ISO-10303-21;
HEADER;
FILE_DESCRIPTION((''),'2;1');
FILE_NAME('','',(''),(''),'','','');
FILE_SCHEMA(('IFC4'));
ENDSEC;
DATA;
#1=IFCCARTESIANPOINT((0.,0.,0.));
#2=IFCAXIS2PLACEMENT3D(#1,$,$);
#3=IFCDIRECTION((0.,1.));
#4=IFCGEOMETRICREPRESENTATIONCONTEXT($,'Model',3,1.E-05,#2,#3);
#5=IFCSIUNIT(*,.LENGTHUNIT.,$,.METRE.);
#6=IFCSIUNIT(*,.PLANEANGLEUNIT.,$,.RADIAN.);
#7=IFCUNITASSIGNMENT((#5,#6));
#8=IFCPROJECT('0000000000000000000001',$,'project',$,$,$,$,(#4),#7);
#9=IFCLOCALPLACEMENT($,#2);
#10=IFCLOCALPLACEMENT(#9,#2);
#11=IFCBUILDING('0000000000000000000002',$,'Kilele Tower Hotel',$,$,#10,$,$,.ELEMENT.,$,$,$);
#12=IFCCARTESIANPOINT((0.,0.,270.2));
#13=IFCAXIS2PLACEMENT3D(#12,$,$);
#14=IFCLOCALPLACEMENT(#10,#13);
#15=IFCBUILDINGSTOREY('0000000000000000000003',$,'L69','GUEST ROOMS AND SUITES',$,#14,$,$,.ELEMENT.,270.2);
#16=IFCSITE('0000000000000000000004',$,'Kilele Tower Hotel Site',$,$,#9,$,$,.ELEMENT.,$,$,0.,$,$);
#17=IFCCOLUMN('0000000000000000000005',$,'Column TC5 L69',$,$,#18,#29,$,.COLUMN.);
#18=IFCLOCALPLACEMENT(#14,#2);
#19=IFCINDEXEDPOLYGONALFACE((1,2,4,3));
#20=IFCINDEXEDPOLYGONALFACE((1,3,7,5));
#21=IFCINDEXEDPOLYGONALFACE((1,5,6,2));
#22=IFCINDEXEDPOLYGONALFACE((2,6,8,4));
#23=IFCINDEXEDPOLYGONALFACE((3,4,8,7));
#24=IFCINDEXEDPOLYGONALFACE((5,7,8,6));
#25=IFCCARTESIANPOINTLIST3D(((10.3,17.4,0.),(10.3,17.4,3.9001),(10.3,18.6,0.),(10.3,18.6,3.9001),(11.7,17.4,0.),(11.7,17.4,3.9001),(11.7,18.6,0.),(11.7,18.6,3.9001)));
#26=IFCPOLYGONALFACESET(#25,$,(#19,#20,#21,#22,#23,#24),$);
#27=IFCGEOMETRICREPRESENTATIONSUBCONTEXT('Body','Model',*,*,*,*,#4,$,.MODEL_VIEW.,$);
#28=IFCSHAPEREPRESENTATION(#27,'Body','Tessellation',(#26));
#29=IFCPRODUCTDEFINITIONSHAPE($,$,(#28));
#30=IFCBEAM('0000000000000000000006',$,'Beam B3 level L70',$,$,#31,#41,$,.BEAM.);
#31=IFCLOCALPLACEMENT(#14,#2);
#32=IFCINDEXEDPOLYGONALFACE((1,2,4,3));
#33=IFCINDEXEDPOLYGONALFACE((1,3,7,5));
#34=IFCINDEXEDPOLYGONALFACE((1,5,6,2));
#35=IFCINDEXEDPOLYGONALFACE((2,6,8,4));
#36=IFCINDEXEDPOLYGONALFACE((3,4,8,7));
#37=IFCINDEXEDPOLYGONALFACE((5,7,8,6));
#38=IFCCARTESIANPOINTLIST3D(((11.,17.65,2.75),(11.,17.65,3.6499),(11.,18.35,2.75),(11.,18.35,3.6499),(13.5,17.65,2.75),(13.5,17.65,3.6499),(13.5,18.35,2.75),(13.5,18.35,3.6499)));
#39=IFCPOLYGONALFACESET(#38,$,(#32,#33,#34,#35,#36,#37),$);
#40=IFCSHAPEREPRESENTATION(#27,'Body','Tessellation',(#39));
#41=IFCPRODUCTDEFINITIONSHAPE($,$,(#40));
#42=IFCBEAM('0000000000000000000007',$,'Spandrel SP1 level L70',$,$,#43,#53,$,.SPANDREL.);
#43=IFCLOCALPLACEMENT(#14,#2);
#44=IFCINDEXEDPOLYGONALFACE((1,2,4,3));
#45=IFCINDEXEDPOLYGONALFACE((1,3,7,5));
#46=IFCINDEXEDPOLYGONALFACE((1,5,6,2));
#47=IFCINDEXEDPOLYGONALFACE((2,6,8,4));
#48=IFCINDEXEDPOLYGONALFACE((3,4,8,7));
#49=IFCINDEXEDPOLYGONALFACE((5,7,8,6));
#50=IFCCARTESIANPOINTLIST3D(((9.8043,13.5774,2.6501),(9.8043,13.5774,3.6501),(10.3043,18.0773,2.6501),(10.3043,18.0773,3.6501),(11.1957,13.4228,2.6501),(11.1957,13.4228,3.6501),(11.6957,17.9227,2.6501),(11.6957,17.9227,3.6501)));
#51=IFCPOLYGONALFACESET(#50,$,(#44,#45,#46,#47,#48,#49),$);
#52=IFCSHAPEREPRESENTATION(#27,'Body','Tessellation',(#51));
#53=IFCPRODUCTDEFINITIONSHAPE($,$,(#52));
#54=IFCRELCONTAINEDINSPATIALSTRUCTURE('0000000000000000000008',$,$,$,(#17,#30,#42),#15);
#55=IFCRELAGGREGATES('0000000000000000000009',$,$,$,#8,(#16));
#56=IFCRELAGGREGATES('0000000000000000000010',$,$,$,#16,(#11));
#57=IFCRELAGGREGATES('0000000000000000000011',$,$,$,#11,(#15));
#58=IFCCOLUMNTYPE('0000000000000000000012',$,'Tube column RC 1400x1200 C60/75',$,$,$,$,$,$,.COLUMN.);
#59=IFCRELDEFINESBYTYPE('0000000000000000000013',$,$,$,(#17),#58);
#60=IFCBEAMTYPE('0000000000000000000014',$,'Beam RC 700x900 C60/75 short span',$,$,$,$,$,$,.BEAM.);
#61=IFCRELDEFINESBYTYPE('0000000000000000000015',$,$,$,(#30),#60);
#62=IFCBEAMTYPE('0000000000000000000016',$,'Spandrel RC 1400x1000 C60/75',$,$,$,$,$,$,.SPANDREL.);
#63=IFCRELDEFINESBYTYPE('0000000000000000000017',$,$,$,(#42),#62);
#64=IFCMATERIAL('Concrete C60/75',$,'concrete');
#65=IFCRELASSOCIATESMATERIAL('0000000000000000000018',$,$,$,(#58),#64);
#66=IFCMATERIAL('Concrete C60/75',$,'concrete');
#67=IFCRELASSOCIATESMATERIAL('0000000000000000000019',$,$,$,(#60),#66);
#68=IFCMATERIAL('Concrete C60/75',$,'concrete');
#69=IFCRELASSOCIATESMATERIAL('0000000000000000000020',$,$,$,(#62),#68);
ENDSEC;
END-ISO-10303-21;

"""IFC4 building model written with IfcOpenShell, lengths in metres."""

from ifc_helpers import new_model, si_unit, direction, frame, origin, origin_2d, place, context, subcontext, project, spatial, rectangle, extrude, material, material_profile, profile_set, type_object, element, save


model = new_model("IFC4")

# Units and contexts
model_context = context("Model", 3, precision=1e-05, world=origin(), true_north=direction((0.0, 1.0)))
body_context = subcontext(model_context, "Body", "Model", "MODEL_VIEW")
ifc_project = project(units=[si_unit("LENGTHUNIT", "METRE"), si_unit("PLANEANGLEUNIT", "RADIAN")], contexts=[model_context])

# Site, building, storey
site_placement = place(None, origin())
site = spatial("IfcSite", under=ifc_project, at=site_placement, Name="Kilele Tower Hotel Site", CompositionType="ELEMENT", RefElevation=0.0)
building_placement = place(site_placement, origin())
building = spatial("IfcBuilding", under=site, at=building_placement, Name="Kilele Tower Hotel", CompositionType="ELEMENT")
storey_placement = place(building_placement, frame((0.0, 0.0, 270.2)))
storey = spatial("IfcBuildingStorey", under=building, at=storey_placement, Name="L69", Description="GUEST ROOMS AND SUITES", CompositionType="ELEMENT", Elevation=270.2)

# Column
ifc_material_1 = material(Name="Concrete C60/75", Category="concrete")
ifc_material_profile_1 = material_profile(ifc_material_1, rectangle(XDim=1.3999, YDim=1.2, at=origin_2d()))
ifc_profile_set_1 = profile_set([ifc_material_profile_1], Name="Concrete C60/75")
column_type = type_object("IfcColumnType", Name="Tube column RC 1400x1200 C60/75", PredefinedType="COLUMN", material=ifc_profile_set_1)
column_placement = place(storey_placement, frame((11.0, 18.0, 0.0), z_axis=(0.0, 0.0, 1.0), x_axis=(1.0, 0.0, 0.0)))
element("IfcColumn", 1, at=column_placement, inside=storey, type_object=column_type, Name="Column TC5 L69", PredefinedType="COLUMN", context=body_context, shape_type="SweptSolid", body=[
    extrude(rectangle(XDim=1.3999, YDim=1.2, at=origin_2d()), origin(), (0.0, 0.0, 1.0), 3.9001),
])

# Beams
ifc_material_2 = material(Name="Concrete C60/75", Category="concrete")
ifc_material_profile_2 = material_profile(ifc_material_2, rectangle(XDim=0.7, YDim=0.8999, at=origin_2d()))
ifc_profile_set_2 = profile_set([ifc_material_profile_2], Name="Concrete C60/75")
beam_type_1 = type_object("IfcBeamType", Name="Beam RC 700x900 C60/75 short span", PredefinedType="BEAM", material=ifc_profile_set_2)
beam_1_placement = place(storey_placement, frame((11.0, 18.0, 3.2), z_axis=(1.0, 0.0, 0.0), x_axis=(0.0, 1.0, 0.0)))
element("IfcBeam", 2, at=beam_1_placement, inside=storey, type_object=beam_type_1, Name="Beam B3 level L70", PredefinedType="BEAM", context=body_context, shape_type="SweptSolid", body=[
    extrude(rectangle(XDim=0.7, YDim=0.8999, at=origin_2d()), origin(), (0.0, 0.0, 1.0), 2.5),
])
ifc_material_3 = material(Name="Concrete C60/75", Category="concrete")
ifc_material_profile_3 = material_profile(ifc_material_3, rectangle(XDim=1.3999, YDim=1.0, at=origin_2d()))
ifc_profile_set_3 = profile_set([ifc_material_profile_3], Name="Concrete C60/75")
beam_type_2 = type_object("IfcBeamType", Name="Spandrel RC 1400x1000 C60/75", PredefinedType="SPANDREL", material=ifc_profile_set_3)
beam_2_placement = place(storey_placement, frame((11.0, 18.0, 3.1501), z_axis=(-0.110432, -0.993884, 0.0), x_axis=(0.993884, -0.110432, 0.0)))
element("IfcBeam", 3, at=beam_2_placement, inside=storey, type_object=beam_type_2, Name="Spandrel SP1 level L70", PredefinedType="SPANDREL", context=body_context, shape_type="SweptSolid", body=[
    extrude(rectangle(XDim=1.3999, YDim=1.0, at=origin_2d()), origin(), (0.0, 0.0, 1.0), 4.5276),
])

save(model, "model.ifc")
